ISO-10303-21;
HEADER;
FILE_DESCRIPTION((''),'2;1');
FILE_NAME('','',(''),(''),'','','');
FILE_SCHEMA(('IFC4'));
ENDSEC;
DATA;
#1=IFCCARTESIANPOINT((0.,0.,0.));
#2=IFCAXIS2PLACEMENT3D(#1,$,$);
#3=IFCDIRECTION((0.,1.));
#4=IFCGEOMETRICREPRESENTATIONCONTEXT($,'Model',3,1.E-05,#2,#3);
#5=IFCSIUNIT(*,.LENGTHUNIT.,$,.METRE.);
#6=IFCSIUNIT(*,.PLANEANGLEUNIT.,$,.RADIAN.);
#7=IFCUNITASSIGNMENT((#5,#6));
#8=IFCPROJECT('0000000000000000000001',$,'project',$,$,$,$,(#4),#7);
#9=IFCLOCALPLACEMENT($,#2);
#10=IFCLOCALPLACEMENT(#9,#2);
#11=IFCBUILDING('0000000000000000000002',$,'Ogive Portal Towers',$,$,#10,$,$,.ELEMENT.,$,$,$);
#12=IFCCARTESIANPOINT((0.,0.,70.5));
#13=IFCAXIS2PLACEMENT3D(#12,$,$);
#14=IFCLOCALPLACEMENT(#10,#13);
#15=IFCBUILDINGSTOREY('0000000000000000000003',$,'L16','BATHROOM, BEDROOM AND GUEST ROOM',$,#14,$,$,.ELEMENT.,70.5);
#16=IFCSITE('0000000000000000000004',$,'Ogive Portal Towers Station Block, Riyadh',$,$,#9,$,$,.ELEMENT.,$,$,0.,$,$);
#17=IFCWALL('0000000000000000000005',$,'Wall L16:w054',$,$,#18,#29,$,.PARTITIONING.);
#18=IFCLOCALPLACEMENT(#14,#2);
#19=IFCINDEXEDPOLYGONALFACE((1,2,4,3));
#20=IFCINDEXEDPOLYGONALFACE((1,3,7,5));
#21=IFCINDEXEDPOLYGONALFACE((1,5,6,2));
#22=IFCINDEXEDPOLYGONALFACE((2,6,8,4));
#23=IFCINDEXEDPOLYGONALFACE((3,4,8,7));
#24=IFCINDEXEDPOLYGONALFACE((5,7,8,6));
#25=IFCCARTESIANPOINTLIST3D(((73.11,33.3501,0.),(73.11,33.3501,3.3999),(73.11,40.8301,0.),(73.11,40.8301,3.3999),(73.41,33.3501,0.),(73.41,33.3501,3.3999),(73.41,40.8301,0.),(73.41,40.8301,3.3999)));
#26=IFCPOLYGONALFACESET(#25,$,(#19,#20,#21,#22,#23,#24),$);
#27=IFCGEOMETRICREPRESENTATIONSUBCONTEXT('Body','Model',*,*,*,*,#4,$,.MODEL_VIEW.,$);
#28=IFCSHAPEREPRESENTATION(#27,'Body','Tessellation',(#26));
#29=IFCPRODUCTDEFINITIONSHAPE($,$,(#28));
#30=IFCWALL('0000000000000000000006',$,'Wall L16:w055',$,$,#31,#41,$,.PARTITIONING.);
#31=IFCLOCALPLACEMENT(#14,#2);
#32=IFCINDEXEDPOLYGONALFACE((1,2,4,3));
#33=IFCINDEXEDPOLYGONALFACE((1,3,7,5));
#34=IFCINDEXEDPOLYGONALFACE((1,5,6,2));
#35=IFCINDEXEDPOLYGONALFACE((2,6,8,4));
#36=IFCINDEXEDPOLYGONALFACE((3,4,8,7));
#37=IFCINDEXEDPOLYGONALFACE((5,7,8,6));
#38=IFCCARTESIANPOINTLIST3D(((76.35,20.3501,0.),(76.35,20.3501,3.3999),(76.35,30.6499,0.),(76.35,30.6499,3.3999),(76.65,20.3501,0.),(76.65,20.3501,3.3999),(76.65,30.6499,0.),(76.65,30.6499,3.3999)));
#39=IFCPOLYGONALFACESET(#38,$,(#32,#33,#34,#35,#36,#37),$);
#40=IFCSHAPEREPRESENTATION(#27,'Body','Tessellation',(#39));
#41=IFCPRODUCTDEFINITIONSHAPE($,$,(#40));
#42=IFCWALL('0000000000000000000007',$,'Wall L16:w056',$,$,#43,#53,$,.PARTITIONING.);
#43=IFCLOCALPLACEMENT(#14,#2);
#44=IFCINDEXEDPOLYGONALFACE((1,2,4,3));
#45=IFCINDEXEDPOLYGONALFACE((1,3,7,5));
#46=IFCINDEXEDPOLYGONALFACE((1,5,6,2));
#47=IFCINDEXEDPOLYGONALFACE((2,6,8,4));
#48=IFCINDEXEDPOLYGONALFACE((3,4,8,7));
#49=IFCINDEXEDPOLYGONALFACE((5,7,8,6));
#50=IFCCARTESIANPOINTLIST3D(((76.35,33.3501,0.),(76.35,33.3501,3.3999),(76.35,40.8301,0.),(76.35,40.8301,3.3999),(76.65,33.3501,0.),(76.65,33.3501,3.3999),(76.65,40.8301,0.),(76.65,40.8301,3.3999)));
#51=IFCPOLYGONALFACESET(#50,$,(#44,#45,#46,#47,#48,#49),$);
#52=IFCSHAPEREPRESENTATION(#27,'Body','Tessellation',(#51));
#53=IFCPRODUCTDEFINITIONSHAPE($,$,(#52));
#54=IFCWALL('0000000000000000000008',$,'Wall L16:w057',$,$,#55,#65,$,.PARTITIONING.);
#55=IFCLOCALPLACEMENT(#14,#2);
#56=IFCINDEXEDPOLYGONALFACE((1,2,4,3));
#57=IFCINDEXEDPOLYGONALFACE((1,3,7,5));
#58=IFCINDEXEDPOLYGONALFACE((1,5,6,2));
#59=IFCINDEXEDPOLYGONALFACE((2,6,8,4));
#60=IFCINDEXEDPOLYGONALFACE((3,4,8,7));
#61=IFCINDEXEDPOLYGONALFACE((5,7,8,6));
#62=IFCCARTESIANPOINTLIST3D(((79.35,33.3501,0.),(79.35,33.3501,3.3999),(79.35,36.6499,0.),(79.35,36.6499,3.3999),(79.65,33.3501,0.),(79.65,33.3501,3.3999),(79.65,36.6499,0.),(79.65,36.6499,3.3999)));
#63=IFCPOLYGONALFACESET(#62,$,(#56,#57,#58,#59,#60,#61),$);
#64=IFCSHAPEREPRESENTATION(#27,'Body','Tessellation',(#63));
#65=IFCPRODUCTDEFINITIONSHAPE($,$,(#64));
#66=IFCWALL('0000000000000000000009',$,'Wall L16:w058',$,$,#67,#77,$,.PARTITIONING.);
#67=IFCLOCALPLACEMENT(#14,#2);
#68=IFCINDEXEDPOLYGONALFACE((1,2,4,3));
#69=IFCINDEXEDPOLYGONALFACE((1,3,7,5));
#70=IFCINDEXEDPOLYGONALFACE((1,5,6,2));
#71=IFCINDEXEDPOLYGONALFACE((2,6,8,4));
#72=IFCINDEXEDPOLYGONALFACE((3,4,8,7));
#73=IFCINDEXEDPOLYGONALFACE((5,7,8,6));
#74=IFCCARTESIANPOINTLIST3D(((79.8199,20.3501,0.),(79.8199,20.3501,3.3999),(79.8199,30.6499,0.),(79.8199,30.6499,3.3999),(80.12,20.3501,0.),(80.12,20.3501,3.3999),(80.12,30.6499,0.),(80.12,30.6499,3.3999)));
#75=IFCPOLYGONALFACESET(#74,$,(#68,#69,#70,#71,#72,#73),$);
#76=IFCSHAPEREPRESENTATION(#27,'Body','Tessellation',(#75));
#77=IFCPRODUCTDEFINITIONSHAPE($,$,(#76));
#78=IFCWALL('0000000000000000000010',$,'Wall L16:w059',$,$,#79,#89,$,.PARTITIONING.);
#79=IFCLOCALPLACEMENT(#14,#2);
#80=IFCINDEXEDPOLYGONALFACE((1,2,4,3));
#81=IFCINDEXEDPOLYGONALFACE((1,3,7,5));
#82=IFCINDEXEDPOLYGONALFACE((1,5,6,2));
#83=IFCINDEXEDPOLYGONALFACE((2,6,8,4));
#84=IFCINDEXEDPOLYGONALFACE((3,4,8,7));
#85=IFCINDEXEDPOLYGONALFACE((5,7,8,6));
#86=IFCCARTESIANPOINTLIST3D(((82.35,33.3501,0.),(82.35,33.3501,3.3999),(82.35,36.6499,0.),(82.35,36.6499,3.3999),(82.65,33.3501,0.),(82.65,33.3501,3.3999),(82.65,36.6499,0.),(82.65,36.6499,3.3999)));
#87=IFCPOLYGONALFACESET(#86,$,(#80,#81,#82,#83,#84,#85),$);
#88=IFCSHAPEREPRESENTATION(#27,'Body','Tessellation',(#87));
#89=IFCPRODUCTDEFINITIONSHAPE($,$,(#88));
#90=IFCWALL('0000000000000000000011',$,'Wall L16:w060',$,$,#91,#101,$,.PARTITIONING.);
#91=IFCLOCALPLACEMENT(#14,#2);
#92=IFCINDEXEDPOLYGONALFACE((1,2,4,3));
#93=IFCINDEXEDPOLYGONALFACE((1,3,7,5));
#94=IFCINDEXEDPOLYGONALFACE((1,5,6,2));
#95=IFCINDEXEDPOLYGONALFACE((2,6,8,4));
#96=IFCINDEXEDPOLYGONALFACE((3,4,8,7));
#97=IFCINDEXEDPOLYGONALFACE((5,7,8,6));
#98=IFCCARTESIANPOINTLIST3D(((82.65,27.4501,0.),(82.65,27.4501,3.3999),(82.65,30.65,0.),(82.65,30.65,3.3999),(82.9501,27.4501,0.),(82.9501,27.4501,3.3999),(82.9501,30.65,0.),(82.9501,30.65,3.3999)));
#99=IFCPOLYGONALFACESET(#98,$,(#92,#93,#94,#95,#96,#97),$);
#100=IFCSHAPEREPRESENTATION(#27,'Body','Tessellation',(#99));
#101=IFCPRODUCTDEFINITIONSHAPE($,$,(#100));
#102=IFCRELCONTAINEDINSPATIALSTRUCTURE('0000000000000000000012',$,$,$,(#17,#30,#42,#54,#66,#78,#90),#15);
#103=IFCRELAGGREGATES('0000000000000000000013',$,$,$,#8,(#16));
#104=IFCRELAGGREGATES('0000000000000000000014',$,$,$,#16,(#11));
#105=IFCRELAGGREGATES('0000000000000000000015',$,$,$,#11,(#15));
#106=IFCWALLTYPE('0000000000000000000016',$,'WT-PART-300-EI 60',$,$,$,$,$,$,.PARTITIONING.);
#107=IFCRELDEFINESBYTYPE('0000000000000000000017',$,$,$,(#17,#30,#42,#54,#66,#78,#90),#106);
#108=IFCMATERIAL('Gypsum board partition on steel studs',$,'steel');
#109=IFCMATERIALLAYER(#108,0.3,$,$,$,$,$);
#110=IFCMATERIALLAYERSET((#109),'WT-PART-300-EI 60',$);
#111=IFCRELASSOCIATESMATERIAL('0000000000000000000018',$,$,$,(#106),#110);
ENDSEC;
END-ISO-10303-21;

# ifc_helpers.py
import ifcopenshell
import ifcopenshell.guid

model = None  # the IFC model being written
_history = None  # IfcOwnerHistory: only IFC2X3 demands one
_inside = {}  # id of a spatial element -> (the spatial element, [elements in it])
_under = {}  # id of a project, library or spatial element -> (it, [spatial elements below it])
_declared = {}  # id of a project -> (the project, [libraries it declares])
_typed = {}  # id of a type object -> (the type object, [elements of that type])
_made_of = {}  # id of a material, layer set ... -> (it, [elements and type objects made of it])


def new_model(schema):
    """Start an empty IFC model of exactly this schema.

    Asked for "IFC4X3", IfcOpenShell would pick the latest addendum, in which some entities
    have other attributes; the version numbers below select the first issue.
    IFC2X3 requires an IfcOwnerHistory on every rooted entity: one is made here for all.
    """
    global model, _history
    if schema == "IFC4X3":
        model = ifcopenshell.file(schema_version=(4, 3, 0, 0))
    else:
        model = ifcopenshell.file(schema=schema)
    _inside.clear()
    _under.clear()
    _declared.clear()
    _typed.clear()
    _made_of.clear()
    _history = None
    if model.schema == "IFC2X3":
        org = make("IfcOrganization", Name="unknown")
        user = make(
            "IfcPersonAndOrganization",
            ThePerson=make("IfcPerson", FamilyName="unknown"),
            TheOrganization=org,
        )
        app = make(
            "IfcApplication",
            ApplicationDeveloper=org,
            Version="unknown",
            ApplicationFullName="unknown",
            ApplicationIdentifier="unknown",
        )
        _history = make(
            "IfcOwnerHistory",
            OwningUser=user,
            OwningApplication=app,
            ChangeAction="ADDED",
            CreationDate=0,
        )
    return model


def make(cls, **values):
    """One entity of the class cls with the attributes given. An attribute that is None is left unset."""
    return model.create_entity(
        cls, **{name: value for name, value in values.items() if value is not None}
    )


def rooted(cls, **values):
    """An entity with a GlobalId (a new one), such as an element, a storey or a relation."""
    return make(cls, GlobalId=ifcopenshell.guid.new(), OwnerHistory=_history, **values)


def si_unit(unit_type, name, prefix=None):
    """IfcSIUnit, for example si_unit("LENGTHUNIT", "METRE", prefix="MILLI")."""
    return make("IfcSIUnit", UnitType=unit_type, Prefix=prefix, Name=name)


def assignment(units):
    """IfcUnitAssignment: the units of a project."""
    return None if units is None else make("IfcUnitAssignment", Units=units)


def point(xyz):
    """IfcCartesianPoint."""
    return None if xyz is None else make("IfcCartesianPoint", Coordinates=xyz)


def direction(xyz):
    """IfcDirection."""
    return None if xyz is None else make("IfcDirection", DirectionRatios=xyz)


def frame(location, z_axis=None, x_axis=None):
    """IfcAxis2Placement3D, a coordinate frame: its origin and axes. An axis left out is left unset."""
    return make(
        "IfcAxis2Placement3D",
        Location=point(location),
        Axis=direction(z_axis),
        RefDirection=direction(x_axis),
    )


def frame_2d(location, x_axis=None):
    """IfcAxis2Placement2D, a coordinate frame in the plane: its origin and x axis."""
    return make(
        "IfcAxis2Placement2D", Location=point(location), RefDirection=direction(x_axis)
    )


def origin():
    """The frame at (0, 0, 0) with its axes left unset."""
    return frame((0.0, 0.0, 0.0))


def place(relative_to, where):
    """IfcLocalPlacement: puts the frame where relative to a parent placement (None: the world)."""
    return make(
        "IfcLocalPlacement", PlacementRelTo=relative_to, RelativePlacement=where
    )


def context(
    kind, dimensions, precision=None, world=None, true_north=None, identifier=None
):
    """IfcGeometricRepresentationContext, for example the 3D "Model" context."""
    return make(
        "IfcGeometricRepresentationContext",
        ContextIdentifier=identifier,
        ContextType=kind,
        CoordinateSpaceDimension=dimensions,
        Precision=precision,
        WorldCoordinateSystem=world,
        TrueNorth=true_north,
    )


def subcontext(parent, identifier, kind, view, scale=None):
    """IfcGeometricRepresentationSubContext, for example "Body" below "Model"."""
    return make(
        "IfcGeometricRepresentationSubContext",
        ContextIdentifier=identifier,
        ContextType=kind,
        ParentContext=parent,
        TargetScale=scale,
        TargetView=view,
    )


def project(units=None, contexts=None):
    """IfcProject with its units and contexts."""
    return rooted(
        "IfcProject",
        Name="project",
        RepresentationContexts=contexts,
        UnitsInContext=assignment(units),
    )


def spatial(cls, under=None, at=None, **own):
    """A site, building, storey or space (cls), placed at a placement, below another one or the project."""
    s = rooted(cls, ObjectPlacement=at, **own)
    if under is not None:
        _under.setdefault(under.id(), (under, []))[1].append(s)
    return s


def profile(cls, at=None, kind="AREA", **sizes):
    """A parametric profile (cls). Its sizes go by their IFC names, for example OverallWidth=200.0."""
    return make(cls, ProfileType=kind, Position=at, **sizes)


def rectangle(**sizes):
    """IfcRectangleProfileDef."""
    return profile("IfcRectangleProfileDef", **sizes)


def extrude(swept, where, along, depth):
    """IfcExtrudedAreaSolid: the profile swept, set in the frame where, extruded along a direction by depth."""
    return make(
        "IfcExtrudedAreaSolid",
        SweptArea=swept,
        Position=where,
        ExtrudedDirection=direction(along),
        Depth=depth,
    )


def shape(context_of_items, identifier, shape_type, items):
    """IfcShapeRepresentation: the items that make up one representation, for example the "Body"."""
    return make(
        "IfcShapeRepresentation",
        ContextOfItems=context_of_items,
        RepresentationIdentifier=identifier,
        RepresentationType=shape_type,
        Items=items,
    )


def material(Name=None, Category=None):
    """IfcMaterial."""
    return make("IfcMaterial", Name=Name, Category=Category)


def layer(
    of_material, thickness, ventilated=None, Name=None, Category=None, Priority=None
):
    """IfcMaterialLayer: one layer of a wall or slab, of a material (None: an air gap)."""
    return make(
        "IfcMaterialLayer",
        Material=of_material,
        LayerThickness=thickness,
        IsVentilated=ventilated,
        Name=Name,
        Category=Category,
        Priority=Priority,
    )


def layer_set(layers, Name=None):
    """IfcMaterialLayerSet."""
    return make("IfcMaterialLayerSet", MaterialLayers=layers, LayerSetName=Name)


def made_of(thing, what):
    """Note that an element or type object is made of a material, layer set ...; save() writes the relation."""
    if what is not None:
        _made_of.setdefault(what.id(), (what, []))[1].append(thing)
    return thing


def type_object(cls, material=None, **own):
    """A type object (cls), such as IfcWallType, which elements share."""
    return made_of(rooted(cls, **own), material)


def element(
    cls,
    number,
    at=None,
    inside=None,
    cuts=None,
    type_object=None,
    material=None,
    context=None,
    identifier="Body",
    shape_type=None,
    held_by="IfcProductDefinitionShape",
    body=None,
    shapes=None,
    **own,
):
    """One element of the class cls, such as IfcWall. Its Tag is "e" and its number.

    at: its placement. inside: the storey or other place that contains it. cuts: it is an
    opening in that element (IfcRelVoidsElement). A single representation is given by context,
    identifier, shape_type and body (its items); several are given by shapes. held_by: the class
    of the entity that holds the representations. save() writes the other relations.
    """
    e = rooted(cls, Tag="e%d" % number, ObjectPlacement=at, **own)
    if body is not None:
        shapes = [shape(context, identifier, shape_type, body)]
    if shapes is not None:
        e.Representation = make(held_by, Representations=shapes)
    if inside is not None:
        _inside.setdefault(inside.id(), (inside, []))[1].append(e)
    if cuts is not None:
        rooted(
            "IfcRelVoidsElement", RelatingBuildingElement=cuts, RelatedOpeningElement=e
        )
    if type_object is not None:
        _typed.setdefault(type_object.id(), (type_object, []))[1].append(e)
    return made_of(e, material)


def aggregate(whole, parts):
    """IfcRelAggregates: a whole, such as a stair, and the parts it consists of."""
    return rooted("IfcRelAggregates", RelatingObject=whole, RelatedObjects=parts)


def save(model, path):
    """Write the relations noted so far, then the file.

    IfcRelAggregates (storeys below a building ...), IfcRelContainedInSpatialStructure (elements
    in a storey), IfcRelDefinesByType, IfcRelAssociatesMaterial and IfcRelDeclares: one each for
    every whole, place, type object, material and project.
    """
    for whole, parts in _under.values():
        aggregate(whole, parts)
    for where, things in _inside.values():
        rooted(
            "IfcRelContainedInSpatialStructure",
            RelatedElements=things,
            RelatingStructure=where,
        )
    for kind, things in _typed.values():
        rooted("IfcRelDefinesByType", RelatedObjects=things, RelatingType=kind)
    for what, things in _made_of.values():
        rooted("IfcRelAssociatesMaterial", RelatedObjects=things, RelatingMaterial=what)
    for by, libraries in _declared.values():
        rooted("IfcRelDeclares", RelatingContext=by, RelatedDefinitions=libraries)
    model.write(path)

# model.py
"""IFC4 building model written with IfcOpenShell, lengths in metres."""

from ifc_helpers import new_model, si_unit, direction, frame, frame_2d, origin, place, context, subcontext, project, spatial, rectangle, extrude, material, layer, layer_set, type_object, element, save


model = new_model("IFC4")

# Units and contexts
model_context = context("Model", 3, precision=1e-05, world=origin(), true_north=direction((0.0, 1.0)))
body_context = subcontext(model_context, "Body", "Model", "MODEL_VIEW")
ifc_project = project(units=[si_unit("LENGTHUNIT", "METRE"), si_unit("PLANEANGLEUNIT", "RADIAN")], contexts=[model_context])

# Site, building, storey
site_placement = place(None, origin())
site = spatial("IfcSite", under=ifc_project, at=site_placement, Name="Ogive Portal Towers Station Block, Riyadh", CompositionType="ELEMENT", RefElevation=0.0)
building_placement = place(site_placement, origin())
building = spatial("IfcBuilding", under=site, at=building_placement, Name="Ogive Portal Towers", CompositionType="ELEMENT")
storey_placement = place(building_placement, frame((0.0, 0.0, 70.5)))
storey = spatial("IfcBuildingStorey", under=building, at=storey_placement, Name="L16", Description="BATHROOM, BEDROOM AND GUEST ROOM", CompositionType="ELEMENT", Elevation=70.5)

# Shared definitions
ifc_material_1 = material(Name="Gypsum board partition on steel studs", Category="steel")
ifc_layer_1 = layer(ifc_material_1, 0.3)
ifc_layer_set_1 = layer_set([ifc_layer_1], Name="WT-PART-300-EI 60")
wall_type = type_object("IfcWallType", Name="WT-PART-300-EI 60", PredefinedType="PARTITIONING", material=ifc_layer_set_1)

# Walls
wall_1_placement = place(storey_placement, frame((73.26, 33.3501, 0.0), z_axis=(0.0, 0.0, 1.0), x_axis=(0.0, 1.0, 0.0)))
element("IfcWall", 1, at=wall_1_placement, inside=storey, type_object=wall_type, Name="Wall L16:w054", PredefinedType="PARTITIONING", context=body_context, shape_type="SweptSolid", body=[
    extrude(rectangle(XDim=7.48, YDim=0.3, at=frame_2d((3.74, 0.0))), origin(), (0.0, 0.0, 1.0), 3.3999),
])
wall_2_placement = place(storey_placement, frame((76.5, 20.3501, 0.0), z_axis=(0.0, 0.0, 1.0), x_axis=(0.0, 1.0, 0.0)))
element("IfcWall", 2, at=wall_2_placement, inside=storey, type_object=wall_type, Name="Wall L16:w055", PredefinedType="PARTITIONING", context=body_context, shape_type="SweptSolid", body=[
    extrude(rectangle(XDim=10.2998, YDim=0.3, at=frame_2d((5.1499, 0.0))), origin(), (0.0, 0.0, 1.0), 3.3999),
])
wall_3_placement = place(storey_placement, frame((76.5, 33.3501, 0.0), z_axis=(0.0, 0.0, 1.0), x_axis=(0.0, 1.0, 0.0)))
element("IfcWall", 3, at=wall_3_placement, inside=storey, type_object=wall_type, Name="Wall L16:w056", PredefinedType="PARTITIONING", context=body_context, shape_type="SweptSolid", body=[
    extrude(rectangle(XDim=7.48, YDim=0.3, at=frame_2d((3.74, 0.0))), origin(), (0.0, 0.0, 1.0), 3.3999),
])
wall_4_placement = place(storey_placement, frame((79.5, 33.3501, 0.0), z_axis=(0.0, 0.0, 1.0), x_axis=(0.0, 1.0, 0.0)))
element("IfcWall", 4, at=wall_4_placement, inside=storey, type_object=wall_type, Name="Wall L16:w057", PredefinedType="PARTITIONING", context=body_context, shape_type="SweptSolid", body=[
    extrude(rectangle(XDim=3.2998, YDim=0.3, at=frame_2d((1.6499, 0.0))), origin(), (0.0, 0.0, 1.0), 3.3999),
])
wall_5_placement = place(storey_placement, frame((79.97, 20.3501, 0.0), z_axis=(0.0, 0.0, 1.0), x_axis=(0.0, 1.0, 0.0)))
element("IfcWall", 5, at=wall_5_placement, inside=storey, type_object=wall_type, Name="Wall L16:w058", PredefinedType="PARTITIONING", context=body_context, shape_type="SweptSolid", body=[
    extrude(rectangle(XDim=10.2998, YDim=0.3, at=frame_2d((5.1499, 0.0))), origin(), (0.0, 0.0, 1.0), 3.3999),
])
wall_6_placement = place(storey_placement, frame((82.5, 33.3501, 0.0), z_axis=(0.0, 0.0, 1.0), x_axis=(0.0, 1.0, 0.0)))
element("IfcWall", 6, at=wall_6_placement, inside=storey, type_object=wall_type, Name="Wall L16:w059", PredefinedType="PARTITIONING", context=body_context, shape_type="SweptSolid", body=[
    extrude(rectangle(XDim=3.2998, YDim=0.3, at=frame_2d((1.6499, 0.0))), origin(), (0.0, 0.0, 1.0), 3.3999),
])
wall_7_placement = place(storey_placement, frame((82.8, 27.45, 0.0), z_axis=(0.0, 0.0, 1.0), x_axis=(0.0, 1.0, 0.0)))
element("IfcWall", 7, at=wall_7_placement, inside=storey, type_object=wall_type, Name="Wall L16:w060", PredefinedType="PARTITIONING", context=body_context, shape_type="SweptSolid", body=[
    extrude(rectangle(XDim=3.2, YDim=0.3, at=frame_2d((1.6001, 0.0))), origin(), (0.0, 0.0, 1.0), 3.3999),
])

save(model, "model.ifc")
